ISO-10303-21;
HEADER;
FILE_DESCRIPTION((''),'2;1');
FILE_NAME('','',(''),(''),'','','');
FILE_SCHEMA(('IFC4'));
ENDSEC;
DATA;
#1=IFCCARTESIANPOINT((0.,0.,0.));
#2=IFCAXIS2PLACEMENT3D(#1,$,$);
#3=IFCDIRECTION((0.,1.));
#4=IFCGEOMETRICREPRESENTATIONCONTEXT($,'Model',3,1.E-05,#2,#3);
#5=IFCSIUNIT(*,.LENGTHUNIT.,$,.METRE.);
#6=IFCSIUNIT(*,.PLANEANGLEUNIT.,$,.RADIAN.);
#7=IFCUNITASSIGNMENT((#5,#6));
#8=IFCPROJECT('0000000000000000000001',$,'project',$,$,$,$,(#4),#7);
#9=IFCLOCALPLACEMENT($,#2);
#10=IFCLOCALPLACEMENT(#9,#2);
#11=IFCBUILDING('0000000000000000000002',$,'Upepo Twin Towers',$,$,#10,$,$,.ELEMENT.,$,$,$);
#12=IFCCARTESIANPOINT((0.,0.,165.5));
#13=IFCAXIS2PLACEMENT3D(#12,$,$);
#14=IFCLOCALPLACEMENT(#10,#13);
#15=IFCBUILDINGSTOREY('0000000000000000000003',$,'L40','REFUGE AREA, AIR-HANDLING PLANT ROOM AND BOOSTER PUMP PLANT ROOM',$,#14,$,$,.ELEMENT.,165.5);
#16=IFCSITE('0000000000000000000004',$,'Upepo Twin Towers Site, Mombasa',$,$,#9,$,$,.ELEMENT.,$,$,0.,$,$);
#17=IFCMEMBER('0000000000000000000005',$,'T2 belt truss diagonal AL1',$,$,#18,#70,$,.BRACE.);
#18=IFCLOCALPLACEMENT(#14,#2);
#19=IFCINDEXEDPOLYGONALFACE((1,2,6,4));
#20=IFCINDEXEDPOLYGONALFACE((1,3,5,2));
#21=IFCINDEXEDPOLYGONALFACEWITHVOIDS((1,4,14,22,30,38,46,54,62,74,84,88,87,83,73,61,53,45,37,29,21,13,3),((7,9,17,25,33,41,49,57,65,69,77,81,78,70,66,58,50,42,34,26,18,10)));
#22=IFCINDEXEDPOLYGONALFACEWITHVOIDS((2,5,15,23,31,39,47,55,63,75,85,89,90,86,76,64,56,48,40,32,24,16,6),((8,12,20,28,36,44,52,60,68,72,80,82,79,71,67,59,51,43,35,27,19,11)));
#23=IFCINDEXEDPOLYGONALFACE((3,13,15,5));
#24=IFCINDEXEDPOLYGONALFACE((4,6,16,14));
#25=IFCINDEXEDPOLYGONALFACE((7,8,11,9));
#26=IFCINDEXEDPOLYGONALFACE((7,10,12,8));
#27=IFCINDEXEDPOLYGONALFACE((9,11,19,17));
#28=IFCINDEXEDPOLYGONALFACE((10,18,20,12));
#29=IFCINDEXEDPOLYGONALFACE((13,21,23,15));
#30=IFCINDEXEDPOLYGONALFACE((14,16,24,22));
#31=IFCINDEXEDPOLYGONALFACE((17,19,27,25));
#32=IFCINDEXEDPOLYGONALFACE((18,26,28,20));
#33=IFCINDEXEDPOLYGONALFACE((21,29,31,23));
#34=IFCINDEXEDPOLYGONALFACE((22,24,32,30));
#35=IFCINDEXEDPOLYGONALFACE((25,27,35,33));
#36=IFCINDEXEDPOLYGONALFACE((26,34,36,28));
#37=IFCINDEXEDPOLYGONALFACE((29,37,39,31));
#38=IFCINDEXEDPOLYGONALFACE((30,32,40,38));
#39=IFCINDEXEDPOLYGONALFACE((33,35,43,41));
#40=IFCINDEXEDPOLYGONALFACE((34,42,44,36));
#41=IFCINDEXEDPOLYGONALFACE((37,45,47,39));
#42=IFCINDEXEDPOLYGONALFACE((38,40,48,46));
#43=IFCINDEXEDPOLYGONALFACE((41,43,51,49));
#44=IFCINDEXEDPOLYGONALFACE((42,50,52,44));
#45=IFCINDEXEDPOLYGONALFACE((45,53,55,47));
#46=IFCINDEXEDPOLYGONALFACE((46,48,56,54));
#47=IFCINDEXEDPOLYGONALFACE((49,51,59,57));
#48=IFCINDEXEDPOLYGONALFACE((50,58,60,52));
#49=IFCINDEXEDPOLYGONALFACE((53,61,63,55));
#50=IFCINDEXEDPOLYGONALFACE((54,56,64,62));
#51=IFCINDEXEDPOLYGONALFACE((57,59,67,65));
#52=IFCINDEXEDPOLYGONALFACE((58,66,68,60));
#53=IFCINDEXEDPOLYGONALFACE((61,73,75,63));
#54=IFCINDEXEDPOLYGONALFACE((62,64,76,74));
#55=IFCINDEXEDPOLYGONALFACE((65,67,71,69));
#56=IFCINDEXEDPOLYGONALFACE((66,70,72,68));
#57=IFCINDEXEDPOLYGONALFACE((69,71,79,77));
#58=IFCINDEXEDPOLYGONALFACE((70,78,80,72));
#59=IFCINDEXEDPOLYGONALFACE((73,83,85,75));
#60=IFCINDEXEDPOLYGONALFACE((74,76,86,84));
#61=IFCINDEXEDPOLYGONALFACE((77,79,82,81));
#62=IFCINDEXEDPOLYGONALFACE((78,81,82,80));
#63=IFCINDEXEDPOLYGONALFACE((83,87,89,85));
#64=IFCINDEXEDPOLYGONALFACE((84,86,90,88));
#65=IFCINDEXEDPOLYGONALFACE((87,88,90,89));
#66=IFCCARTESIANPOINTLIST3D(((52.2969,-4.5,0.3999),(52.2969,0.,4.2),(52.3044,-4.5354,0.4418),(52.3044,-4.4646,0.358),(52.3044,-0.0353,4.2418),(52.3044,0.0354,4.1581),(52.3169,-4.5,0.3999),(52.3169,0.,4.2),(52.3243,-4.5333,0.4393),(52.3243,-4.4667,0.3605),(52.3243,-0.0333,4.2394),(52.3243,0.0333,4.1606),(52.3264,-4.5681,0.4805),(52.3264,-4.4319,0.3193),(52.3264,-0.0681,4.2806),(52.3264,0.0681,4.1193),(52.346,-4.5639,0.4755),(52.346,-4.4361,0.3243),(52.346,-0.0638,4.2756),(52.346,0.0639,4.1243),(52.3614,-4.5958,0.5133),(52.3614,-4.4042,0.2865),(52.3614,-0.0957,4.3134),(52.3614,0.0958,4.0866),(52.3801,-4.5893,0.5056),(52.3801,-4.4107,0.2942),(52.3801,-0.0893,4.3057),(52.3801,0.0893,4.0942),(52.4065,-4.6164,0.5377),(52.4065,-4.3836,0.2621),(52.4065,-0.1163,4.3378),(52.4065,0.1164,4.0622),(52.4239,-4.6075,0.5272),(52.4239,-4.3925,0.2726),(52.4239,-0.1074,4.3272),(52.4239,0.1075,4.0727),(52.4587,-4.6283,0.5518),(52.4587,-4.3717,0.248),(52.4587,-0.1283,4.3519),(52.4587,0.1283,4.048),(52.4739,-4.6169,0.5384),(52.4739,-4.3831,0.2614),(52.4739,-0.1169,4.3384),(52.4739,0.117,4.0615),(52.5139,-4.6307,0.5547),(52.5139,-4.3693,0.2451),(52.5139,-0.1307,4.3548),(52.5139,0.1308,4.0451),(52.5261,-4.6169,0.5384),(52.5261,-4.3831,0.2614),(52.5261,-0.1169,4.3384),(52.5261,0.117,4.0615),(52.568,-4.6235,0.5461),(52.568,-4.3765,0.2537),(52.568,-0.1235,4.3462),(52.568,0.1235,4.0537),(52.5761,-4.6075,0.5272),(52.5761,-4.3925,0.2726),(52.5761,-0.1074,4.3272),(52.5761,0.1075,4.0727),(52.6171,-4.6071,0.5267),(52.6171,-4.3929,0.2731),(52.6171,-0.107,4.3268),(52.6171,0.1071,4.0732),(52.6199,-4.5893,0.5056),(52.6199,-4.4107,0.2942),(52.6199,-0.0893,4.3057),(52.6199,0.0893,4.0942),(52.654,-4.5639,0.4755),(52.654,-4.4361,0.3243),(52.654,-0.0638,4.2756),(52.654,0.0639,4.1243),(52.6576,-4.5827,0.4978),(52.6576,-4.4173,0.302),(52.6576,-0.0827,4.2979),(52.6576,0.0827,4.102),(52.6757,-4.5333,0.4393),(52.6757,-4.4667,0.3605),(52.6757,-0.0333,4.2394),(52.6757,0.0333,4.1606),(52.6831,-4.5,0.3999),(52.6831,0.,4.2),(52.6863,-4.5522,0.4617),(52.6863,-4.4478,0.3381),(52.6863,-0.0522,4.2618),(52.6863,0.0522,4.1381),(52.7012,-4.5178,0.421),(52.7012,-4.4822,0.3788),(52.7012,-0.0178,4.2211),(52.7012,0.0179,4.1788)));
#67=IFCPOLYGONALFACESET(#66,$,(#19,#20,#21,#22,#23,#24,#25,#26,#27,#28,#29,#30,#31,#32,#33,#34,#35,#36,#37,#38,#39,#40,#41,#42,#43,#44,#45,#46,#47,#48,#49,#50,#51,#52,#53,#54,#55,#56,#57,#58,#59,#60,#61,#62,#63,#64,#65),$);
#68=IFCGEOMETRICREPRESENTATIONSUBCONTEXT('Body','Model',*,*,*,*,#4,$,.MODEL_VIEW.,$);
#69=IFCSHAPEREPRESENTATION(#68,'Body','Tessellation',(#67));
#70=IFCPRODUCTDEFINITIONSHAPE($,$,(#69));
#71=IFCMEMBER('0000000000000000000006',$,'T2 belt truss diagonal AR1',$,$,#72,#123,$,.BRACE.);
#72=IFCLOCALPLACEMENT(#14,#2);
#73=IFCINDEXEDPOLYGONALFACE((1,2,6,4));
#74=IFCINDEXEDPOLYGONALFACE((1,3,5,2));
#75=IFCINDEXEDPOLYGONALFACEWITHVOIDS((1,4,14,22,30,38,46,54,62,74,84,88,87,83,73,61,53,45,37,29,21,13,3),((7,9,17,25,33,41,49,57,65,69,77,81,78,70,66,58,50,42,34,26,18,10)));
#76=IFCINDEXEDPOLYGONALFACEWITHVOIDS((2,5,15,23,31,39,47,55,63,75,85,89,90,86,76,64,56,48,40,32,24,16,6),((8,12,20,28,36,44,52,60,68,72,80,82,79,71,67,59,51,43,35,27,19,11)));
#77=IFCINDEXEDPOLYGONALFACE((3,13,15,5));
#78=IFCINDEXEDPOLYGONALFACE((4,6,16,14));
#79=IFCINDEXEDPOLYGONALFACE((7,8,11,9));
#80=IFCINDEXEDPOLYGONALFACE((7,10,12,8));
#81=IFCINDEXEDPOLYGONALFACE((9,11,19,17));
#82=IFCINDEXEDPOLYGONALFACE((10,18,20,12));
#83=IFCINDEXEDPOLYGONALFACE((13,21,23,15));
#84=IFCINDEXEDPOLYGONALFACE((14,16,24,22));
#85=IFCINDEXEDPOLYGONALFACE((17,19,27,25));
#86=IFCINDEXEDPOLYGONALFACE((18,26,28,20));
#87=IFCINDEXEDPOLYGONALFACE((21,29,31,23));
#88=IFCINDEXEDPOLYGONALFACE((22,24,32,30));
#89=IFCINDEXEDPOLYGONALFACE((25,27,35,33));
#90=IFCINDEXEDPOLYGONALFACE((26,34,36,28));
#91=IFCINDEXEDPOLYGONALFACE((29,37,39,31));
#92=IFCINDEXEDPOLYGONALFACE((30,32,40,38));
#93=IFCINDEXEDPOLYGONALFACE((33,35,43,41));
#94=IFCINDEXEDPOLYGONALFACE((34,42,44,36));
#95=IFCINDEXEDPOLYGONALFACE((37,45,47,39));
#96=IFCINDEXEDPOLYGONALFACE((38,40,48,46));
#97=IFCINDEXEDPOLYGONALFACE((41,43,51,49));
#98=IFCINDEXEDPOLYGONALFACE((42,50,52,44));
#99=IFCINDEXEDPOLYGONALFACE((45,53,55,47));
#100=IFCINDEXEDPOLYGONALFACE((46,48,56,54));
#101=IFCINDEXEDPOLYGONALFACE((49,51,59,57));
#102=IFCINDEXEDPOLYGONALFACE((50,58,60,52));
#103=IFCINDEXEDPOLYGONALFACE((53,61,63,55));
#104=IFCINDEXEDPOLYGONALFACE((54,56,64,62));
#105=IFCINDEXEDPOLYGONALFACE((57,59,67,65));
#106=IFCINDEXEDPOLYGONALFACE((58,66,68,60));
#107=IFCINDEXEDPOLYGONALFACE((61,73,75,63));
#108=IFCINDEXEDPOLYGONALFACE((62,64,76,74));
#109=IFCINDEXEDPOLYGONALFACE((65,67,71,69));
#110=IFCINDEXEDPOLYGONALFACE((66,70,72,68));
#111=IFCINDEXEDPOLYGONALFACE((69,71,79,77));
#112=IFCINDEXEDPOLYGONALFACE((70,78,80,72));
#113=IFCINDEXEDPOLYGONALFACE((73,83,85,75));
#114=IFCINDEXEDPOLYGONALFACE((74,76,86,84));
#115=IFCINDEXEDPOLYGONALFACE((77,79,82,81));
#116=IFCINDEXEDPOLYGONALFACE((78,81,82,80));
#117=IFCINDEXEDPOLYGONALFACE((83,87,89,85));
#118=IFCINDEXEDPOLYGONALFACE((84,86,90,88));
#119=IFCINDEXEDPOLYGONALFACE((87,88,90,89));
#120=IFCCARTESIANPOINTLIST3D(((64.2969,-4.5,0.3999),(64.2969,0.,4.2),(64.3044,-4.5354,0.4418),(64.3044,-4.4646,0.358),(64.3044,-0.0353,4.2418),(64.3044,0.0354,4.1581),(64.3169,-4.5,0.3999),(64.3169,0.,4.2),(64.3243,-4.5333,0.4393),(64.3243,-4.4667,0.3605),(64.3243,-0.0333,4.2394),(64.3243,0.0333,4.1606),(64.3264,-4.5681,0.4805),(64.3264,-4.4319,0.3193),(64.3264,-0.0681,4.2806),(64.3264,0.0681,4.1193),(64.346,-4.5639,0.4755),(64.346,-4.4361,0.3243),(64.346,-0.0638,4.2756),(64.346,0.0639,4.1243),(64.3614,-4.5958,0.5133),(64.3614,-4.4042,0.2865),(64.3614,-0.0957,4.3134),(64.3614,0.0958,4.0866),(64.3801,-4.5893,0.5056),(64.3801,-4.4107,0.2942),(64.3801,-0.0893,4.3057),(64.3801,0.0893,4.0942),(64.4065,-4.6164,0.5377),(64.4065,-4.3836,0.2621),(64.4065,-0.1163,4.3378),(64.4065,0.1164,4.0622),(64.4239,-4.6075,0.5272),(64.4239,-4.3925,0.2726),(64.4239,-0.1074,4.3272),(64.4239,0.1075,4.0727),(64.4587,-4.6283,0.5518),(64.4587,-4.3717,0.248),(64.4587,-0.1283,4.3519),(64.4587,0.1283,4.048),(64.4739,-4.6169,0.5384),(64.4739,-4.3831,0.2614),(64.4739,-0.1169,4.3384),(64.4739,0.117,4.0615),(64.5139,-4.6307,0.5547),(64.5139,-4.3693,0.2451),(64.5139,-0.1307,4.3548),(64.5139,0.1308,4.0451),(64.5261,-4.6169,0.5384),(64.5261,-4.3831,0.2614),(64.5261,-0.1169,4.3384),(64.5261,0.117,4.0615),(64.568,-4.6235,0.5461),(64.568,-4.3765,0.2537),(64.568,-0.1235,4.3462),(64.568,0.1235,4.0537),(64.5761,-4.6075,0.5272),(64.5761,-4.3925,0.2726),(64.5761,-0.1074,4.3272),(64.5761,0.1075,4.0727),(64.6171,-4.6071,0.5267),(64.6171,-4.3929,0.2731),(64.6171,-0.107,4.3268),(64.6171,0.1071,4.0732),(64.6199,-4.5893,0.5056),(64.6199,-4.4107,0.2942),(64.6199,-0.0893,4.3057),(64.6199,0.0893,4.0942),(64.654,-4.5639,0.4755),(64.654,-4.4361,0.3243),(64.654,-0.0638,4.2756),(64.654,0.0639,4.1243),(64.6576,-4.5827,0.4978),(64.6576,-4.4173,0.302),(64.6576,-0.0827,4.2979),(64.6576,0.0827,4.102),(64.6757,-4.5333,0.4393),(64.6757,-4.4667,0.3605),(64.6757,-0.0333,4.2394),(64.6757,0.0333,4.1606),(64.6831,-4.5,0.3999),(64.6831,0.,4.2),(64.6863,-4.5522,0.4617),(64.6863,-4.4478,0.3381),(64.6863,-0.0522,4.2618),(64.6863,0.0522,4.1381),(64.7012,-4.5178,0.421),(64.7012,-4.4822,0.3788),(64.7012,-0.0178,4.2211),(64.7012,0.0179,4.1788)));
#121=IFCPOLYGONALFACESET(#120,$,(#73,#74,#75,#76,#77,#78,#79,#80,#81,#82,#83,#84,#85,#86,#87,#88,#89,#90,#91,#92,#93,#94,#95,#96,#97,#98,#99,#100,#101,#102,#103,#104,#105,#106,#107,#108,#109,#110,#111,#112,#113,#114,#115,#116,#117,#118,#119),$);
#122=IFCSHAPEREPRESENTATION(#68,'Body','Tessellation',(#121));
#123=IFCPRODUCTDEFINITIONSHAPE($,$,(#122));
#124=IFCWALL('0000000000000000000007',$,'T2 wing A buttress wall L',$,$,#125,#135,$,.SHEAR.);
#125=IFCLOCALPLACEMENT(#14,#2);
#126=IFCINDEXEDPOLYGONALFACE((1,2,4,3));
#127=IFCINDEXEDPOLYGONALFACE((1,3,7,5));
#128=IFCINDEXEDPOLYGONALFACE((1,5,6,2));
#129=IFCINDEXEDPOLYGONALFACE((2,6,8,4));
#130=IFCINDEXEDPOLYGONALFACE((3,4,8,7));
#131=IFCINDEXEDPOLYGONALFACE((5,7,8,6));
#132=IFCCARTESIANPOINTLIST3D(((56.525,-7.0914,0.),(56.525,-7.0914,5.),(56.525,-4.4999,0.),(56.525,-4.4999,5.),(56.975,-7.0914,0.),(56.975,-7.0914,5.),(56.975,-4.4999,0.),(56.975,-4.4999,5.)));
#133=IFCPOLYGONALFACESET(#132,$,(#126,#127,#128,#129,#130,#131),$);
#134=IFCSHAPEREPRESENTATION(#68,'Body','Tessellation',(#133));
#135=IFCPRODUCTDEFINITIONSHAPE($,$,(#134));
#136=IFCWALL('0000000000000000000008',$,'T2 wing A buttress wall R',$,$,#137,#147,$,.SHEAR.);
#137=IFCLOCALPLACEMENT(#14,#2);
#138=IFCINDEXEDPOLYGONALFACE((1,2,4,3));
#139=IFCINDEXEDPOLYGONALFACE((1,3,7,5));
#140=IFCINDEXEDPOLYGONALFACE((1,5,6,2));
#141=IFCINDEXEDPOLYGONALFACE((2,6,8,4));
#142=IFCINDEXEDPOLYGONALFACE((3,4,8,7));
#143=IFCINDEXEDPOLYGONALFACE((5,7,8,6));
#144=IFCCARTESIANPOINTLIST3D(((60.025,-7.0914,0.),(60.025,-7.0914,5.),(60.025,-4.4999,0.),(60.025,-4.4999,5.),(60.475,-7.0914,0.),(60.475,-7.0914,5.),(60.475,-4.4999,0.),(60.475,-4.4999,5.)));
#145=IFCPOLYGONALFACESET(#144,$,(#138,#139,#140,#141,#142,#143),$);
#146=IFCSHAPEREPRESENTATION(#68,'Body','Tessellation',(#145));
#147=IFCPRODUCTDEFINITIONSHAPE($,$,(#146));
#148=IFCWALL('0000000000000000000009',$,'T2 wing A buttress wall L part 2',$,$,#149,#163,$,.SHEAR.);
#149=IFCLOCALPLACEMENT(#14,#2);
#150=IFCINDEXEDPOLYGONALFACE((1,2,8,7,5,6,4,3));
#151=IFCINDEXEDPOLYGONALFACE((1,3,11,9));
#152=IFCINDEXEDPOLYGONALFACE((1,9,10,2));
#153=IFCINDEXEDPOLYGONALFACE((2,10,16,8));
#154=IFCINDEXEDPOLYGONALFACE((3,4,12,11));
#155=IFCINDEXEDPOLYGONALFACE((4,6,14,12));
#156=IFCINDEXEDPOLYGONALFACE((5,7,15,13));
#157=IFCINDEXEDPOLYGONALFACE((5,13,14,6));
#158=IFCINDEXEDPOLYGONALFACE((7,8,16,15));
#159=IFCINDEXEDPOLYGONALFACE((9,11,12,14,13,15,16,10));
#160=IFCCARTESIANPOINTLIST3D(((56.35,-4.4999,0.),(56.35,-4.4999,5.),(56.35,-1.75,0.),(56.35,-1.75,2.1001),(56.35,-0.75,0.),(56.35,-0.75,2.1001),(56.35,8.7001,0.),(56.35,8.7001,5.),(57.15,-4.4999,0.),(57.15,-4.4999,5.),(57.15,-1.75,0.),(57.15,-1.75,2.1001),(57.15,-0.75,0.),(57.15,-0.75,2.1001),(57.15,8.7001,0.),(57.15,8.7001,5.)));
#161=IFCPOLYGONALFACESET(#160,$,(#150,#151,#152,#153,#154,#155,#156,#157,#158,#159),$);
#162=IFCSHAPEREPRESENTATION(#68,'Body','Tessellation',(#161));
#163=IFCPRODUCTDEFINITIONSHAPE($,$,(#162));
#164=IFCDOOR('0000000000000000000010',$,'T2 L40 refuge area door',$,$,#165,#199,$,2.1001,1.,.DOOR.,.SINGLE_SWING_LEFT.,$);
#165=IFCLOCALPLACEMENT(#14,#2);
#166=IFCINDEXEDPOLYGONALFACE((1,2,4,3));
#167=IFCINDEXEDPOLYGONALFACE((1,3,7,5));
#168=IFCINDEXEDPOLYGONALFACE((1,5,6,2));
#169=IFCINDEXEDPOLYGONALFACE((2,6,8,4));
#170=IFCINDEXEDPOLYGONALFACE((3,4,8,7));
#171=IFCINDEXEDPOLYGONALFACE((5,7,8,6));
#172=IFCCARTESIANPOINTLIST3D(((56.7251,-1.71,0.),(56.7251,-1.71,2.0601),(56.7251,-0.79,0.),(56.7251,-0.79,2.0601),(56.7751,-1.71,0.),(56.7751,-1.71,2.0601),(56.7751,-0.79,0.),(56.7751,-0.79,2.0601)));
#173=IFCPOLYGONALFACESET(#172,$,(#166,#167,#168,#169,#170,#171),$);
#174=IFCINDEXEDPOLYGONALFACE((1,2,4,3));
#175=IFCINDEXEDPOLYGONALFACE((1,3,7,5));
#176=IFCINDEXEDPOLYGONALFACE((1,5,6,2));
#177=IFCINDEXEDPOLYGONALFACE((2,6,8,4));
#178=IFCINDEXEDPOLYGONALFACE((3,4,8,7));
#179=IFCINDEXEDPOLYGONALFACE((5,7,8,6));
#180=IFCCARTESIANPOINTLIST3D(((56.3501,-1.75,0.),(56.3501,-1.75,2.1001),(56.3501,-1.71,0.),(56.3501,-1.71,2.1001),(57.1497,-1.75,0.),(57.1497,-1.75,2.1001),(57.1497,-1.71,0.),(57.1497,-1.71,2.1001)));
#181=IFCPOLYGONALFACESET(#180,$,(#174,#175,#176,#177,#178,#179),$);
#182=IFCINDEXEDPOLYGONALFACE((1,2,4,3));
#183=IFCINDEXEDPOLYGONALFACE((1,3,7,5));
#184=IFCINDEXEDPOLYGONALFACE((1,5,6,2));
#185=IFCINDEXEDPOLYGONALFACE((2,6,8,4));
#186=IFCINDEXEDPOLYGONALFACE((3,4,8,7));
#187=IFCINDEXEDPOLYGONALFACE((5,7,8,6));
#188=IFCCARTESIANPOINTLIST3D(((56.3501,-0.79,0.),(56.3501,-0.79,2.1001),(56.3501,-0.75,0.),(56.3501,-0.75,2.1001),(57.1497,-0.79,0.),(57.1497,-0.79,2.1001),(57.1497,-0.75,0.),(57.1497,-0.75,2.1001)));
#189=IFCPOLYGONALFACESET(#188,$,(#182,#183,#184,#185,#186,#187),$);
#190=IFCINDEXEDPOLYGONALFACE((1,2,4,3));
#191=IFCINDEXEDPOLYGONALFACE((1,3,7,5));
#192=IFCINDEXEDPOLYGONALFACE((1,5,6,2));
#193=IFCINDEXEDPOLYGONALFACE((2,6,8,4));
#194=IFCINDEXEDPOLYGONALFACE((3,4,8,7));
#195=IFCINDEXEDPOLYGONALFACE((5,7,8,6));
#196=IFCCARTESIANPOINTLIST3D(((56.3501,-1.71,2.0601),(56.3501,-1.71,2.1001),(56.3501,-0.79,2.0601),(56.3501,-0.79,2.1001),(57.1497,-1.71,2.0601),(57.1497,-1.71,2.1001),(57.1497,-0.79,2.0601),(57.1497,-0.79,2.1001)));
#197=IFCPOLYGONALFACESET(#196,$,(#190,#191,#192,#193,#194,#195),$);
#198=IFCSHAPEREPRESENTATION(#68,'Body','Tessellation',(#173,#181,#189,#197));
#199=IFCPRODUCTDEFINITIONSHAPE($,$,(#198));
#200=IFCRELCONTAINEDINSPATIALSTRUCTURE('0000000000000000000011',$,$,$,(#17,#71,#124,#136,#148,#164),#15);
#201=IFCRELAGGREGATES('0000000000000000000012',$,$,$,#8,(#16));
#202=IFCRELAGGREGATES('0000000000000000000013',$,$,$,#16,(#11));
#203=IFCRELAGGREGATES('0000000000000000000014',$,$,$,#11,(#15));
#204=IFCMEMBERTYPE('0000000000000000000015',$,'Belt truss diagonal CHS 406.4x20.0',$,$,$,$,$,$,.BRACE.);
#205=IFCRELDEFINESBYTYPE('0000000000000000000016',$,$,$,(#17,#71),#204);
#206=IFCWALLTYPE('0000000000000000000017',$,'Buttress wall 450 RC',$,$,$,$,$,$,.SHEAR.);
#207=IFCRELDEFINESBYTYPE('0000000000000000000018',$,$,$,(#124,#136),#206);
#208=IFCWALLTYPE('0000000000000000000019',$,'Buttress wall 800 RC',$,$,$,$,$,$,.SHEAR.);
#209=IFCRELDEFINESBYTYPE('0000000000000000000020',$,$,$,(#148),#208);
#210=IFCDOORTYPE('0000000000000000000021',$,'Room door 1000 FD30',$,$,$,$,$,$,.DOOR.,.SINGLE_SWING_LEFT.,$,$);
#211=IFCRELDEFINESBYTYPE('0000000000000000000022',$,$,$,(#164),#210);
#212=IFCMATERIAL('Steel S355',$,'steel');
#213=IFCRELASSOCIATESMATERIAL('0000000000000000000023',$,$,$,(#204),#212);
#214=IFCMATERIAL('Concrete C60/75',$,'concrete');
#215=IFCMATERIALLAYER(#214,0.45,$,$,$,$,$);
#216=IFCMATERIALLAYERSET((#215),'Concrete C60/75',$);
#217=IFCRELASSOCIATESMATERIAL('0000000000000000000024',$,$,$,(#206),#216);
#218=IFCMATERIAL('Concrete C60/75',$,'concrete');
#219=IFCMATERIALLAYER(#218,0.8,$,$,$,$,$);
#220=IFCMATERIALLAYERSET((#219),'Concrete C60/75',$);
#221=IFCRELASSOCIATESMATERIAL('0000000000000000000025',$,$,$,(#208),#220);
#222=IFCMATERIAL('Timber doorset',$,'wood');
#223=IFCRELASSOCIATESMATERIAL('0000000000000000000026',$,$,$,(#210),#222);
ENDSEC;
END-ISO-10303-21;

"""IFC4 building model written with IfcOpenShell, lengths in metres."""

from ifc_helpers import new_model, si_unit, direction, frame, frame_2d, origin, origin_2d, place, context, subcontext, project, spatial, rectangle, hollow_circle, extrude, material, layer, layer_set, material_profile, profile_set, type_object, element, fill, save


model = new_model("IFC4")

# Units and contexts
model_context = context("Model", 3, precision=1e-05, world=origin(), true_north=direction((0.0, 1.0)))
body_context = subcontext(model_context, "Body", "Model", "MODEL_VIEW")
ifc_project = project(units=[si_unit("LENGTHUNIT", "METRE"), si_unit("PLANEANGLEUNIT", "RADIAN")], contexts=[model_context])

# Site, building, storey
site_placement = place(None, origin())
site = spatial("IfcSite", under=ifc_project, at=site_placement, Name="Upepo Twin Towers Site, Mombasa", CompositionType="ELEMENT", RefElevation=0.0)
building_placement = place(site_placement, origin())
building = spatial("IfcBuilding", under=site, at=building_placement, Name="Upepo Twin Towers", CompositionType="ELEMENT")
storey_placement = place(building_placement, frame((0.0, 0.0, 165.5)))
storey = spatial("IfcBuildingStorey", under=building, at=storey_placement, Name="L40", Description="REFUGE AREA, AIR-HANDLING PLANT ROOM AND BOOSTER PUMP PLANT ROOM", CompositionType="ELEMENT", Elevation=165.5)

# Members
ifc_material_1 = material(Name="Steel S355", Category="steel")
ifc_material_profile_1 = material_profile(ifc_material_1, hollow_circle(Radius=0.2031, WallThickness=0.02, at=origin_2d()), Name="CHS 406.4x20.0")
ifc_profile_set_1 = profile_set([ifc_material_profile_1], Name="Steel S355")
member_type = type_object("IfcMemberType", Name="Belt truss diagonal CHS 406.4x20.0", PredefinedType="BRACE", material=ifc_profile_set_1)
for number, where, z_axis, x_axis, name in (
    (1, (52.5, -4.5, 0.3999), (0.0, 0.764026, 0.645186), (-1.0, 0.0, 0.0), "T2 belt truss diagonal AL1"),
    (2, (64.5, -4.5, 0.3999), (0.0, 0.764026, 0.645186), (-1.0, 0.0, 0.0), "T2 belt truss diagonal AR1"),
):
    element("IfcMember", number, at=place(storey_placement, frame(where, z_axis=z_axis, x_axis=x_axis)), inside=storey, type_object=member_type, Name=name, PredefinedType="BRACE", context=body_context, shape_type="SweptSolid", body=[
        extrude(hollow_circle(Radius=0.2031, WallThickness=0.02, at=origin_2d()), origin(), (0.0, 0.0, 1.0), 5.8899),
    ])

# Walls
ifc_material_2 = material(Name="Concrete C60/75", Category="concrete")
ifc_layer_1 = layer(ifc_material_2, 0.45)
ifc_layer_set_1 = layer_set([ifc_layer_1], Name="Concrete C60/75")
wall_type_1 = type_object("IfcWallType", Name="Buttress wall 450 RC", PredefinedType="SHEAR", material=ifc_layer_set_1)
for number, where, z_axis, x_axis, name in (
    (3, (56.75, -7.0916, 0.0), (0.0, 0.0, 1.0), (0.0, 1.0, 0.0), "T2 wing A buttress wall L"),
    (4, (60.25, -7.0916, 0.0), (0.0, 0.0, 1.0), (0.0, 1.0, 0.0), "T2 wing A buttress wall R"),
):
    element("IfcWall", number, at=place(storey_placement, frame(where, z_axis=z_axis, x_axis=x_axis)), inside=storey, type_object=wall_type_1, Name=name, PredefinedType="SHEAR", context=body_context, shape_type="SweptSolid", body=[
        extrude(rectangle(XDim=2.5916, YDim=0.45, at=frame_2d((1.2959, 0.0))), origin(), (0.0, 0.0, 1.0), 5.0),
    ])

# Wall, opening, door
ifc_material_3 = material(Name="Concrete C60/75", Category="concrete")
ifc_layer_2 = layer(ifc_material_3, 0.8)
ifc_layer_set_2 = layer_set([ifc_layer_2], Name="Concrete C60/75")
wall_type_2 = type_object("IfcWallType", Name="Buttress wall 800 RC", PredefinedType="SHEAR", material=ifc_layer_set_2)
wall_1_placement = place(storey_placement, frame((56.75, -4.5, 0.0), z_axis=(0.0, 0.0, 1.0), x_axis=(0.0, 1.0, 0.0)))
wall_1 = element("IfcWall", 5, at=wall_1_placement, inside=storey, type_object=wall_type_2, Name="T2 wing A buttress wall L part 2", PredefinedType="SHEAR", context=body_context, shape_type="SweptSolid", body=[
    extrude(rectangle(XDim=13.2, YDim=0.8, at=frame_2d((6.6001, 0.0))), origin(), (0.0, 0.0, 1.0), 5.0),
])
opening_1_placement = place(wall_1_placement, frame((2.75, 0.0, 0.0)))
opening_1 = element("IfcOpeningElement", 6, at=opening_1_placement, cuts=wall_1, PredefinedType="OPENING", context=body_context, shape_type="SweptSolid", body=[
    extrude(rectangle(XDim=1.0, YDim=2.1001, at=frame_2d((0.5, 1.05))), frame((0.0, 0.4099, 0.0), z_axis=(0.0, -1.0, 0.0), x_axis=(1.0, 0.0, 0.0)), (0.0, 0.0, 1.0), 0.8201),
])
ifc_material_4 = material(Name="Timber doorset", Category="wood")
door_type_1 = type_object("IfcDoorType", Name="Room door 1000 FD30", OperationType="SINGLE_SWING_LEFT", PredefinedType="DOOR", material=ifc_material_4)
door_1_placement = place(opening_1_placement, origin())
door_1 = element("IfcDoor", 7, at=door_1_placement, inside=storey, type_object=door_type_1, Name="T2 L40 refuge area door", OperationType="SINGLE_SWING_LEFT", OverallHeight=2.1001, OverallWidth=1.0, PredefinedType="DOOR", context=body_context, shape_type="SweptSolid", body=[
    extrude(rectangle(XDim=0.92, YDim=2.0601, at=frame_2d((0.5, 1.03))), frame((0.0, 0.0249, 0.0), z_axis=(0.0, -1.0, 0.0), x_axis=(1.0, 0.0, 0.0)), (0.0, 0.0, 1.0), 0.05),
    extrude(rectangle(XDim=0.04, YDim=2.1001, at=frame_2d((0.02, 1.05))), frame((0.0, 0.3999, 0.0), z_axis=(0.0, -1.0, 0.0), x_axis=(1.0, 0.0, 0.0)), (0.0, 0.0, 1.0), 0.7996),
    extrude(rectangle(XDim=0.04, YDim=2.1001, at=frame_2d((0.98, 1.05))), frame((0.0, 0.3999, 0.0), z_axis=(0.0, -1.0, 0.0), x_axis=(1.0, 0.0, 0.0)), (0.0, 0.0, 1.0), 0.7996),
    extrude(rectangle(XDim=0.92, YDim=0.04, at=frame_2d((0.5, 2.0801))), frame((0.0, 0.3999, 0.0), z_axis=(0.0, -1.0, 0.0), x_axis=(1.0, 0.0, 0.0)), (0.0, 0.0, 1.0), 0.7996),
])
fill(opening_1, door_1)

save(model, "model.ifc")
